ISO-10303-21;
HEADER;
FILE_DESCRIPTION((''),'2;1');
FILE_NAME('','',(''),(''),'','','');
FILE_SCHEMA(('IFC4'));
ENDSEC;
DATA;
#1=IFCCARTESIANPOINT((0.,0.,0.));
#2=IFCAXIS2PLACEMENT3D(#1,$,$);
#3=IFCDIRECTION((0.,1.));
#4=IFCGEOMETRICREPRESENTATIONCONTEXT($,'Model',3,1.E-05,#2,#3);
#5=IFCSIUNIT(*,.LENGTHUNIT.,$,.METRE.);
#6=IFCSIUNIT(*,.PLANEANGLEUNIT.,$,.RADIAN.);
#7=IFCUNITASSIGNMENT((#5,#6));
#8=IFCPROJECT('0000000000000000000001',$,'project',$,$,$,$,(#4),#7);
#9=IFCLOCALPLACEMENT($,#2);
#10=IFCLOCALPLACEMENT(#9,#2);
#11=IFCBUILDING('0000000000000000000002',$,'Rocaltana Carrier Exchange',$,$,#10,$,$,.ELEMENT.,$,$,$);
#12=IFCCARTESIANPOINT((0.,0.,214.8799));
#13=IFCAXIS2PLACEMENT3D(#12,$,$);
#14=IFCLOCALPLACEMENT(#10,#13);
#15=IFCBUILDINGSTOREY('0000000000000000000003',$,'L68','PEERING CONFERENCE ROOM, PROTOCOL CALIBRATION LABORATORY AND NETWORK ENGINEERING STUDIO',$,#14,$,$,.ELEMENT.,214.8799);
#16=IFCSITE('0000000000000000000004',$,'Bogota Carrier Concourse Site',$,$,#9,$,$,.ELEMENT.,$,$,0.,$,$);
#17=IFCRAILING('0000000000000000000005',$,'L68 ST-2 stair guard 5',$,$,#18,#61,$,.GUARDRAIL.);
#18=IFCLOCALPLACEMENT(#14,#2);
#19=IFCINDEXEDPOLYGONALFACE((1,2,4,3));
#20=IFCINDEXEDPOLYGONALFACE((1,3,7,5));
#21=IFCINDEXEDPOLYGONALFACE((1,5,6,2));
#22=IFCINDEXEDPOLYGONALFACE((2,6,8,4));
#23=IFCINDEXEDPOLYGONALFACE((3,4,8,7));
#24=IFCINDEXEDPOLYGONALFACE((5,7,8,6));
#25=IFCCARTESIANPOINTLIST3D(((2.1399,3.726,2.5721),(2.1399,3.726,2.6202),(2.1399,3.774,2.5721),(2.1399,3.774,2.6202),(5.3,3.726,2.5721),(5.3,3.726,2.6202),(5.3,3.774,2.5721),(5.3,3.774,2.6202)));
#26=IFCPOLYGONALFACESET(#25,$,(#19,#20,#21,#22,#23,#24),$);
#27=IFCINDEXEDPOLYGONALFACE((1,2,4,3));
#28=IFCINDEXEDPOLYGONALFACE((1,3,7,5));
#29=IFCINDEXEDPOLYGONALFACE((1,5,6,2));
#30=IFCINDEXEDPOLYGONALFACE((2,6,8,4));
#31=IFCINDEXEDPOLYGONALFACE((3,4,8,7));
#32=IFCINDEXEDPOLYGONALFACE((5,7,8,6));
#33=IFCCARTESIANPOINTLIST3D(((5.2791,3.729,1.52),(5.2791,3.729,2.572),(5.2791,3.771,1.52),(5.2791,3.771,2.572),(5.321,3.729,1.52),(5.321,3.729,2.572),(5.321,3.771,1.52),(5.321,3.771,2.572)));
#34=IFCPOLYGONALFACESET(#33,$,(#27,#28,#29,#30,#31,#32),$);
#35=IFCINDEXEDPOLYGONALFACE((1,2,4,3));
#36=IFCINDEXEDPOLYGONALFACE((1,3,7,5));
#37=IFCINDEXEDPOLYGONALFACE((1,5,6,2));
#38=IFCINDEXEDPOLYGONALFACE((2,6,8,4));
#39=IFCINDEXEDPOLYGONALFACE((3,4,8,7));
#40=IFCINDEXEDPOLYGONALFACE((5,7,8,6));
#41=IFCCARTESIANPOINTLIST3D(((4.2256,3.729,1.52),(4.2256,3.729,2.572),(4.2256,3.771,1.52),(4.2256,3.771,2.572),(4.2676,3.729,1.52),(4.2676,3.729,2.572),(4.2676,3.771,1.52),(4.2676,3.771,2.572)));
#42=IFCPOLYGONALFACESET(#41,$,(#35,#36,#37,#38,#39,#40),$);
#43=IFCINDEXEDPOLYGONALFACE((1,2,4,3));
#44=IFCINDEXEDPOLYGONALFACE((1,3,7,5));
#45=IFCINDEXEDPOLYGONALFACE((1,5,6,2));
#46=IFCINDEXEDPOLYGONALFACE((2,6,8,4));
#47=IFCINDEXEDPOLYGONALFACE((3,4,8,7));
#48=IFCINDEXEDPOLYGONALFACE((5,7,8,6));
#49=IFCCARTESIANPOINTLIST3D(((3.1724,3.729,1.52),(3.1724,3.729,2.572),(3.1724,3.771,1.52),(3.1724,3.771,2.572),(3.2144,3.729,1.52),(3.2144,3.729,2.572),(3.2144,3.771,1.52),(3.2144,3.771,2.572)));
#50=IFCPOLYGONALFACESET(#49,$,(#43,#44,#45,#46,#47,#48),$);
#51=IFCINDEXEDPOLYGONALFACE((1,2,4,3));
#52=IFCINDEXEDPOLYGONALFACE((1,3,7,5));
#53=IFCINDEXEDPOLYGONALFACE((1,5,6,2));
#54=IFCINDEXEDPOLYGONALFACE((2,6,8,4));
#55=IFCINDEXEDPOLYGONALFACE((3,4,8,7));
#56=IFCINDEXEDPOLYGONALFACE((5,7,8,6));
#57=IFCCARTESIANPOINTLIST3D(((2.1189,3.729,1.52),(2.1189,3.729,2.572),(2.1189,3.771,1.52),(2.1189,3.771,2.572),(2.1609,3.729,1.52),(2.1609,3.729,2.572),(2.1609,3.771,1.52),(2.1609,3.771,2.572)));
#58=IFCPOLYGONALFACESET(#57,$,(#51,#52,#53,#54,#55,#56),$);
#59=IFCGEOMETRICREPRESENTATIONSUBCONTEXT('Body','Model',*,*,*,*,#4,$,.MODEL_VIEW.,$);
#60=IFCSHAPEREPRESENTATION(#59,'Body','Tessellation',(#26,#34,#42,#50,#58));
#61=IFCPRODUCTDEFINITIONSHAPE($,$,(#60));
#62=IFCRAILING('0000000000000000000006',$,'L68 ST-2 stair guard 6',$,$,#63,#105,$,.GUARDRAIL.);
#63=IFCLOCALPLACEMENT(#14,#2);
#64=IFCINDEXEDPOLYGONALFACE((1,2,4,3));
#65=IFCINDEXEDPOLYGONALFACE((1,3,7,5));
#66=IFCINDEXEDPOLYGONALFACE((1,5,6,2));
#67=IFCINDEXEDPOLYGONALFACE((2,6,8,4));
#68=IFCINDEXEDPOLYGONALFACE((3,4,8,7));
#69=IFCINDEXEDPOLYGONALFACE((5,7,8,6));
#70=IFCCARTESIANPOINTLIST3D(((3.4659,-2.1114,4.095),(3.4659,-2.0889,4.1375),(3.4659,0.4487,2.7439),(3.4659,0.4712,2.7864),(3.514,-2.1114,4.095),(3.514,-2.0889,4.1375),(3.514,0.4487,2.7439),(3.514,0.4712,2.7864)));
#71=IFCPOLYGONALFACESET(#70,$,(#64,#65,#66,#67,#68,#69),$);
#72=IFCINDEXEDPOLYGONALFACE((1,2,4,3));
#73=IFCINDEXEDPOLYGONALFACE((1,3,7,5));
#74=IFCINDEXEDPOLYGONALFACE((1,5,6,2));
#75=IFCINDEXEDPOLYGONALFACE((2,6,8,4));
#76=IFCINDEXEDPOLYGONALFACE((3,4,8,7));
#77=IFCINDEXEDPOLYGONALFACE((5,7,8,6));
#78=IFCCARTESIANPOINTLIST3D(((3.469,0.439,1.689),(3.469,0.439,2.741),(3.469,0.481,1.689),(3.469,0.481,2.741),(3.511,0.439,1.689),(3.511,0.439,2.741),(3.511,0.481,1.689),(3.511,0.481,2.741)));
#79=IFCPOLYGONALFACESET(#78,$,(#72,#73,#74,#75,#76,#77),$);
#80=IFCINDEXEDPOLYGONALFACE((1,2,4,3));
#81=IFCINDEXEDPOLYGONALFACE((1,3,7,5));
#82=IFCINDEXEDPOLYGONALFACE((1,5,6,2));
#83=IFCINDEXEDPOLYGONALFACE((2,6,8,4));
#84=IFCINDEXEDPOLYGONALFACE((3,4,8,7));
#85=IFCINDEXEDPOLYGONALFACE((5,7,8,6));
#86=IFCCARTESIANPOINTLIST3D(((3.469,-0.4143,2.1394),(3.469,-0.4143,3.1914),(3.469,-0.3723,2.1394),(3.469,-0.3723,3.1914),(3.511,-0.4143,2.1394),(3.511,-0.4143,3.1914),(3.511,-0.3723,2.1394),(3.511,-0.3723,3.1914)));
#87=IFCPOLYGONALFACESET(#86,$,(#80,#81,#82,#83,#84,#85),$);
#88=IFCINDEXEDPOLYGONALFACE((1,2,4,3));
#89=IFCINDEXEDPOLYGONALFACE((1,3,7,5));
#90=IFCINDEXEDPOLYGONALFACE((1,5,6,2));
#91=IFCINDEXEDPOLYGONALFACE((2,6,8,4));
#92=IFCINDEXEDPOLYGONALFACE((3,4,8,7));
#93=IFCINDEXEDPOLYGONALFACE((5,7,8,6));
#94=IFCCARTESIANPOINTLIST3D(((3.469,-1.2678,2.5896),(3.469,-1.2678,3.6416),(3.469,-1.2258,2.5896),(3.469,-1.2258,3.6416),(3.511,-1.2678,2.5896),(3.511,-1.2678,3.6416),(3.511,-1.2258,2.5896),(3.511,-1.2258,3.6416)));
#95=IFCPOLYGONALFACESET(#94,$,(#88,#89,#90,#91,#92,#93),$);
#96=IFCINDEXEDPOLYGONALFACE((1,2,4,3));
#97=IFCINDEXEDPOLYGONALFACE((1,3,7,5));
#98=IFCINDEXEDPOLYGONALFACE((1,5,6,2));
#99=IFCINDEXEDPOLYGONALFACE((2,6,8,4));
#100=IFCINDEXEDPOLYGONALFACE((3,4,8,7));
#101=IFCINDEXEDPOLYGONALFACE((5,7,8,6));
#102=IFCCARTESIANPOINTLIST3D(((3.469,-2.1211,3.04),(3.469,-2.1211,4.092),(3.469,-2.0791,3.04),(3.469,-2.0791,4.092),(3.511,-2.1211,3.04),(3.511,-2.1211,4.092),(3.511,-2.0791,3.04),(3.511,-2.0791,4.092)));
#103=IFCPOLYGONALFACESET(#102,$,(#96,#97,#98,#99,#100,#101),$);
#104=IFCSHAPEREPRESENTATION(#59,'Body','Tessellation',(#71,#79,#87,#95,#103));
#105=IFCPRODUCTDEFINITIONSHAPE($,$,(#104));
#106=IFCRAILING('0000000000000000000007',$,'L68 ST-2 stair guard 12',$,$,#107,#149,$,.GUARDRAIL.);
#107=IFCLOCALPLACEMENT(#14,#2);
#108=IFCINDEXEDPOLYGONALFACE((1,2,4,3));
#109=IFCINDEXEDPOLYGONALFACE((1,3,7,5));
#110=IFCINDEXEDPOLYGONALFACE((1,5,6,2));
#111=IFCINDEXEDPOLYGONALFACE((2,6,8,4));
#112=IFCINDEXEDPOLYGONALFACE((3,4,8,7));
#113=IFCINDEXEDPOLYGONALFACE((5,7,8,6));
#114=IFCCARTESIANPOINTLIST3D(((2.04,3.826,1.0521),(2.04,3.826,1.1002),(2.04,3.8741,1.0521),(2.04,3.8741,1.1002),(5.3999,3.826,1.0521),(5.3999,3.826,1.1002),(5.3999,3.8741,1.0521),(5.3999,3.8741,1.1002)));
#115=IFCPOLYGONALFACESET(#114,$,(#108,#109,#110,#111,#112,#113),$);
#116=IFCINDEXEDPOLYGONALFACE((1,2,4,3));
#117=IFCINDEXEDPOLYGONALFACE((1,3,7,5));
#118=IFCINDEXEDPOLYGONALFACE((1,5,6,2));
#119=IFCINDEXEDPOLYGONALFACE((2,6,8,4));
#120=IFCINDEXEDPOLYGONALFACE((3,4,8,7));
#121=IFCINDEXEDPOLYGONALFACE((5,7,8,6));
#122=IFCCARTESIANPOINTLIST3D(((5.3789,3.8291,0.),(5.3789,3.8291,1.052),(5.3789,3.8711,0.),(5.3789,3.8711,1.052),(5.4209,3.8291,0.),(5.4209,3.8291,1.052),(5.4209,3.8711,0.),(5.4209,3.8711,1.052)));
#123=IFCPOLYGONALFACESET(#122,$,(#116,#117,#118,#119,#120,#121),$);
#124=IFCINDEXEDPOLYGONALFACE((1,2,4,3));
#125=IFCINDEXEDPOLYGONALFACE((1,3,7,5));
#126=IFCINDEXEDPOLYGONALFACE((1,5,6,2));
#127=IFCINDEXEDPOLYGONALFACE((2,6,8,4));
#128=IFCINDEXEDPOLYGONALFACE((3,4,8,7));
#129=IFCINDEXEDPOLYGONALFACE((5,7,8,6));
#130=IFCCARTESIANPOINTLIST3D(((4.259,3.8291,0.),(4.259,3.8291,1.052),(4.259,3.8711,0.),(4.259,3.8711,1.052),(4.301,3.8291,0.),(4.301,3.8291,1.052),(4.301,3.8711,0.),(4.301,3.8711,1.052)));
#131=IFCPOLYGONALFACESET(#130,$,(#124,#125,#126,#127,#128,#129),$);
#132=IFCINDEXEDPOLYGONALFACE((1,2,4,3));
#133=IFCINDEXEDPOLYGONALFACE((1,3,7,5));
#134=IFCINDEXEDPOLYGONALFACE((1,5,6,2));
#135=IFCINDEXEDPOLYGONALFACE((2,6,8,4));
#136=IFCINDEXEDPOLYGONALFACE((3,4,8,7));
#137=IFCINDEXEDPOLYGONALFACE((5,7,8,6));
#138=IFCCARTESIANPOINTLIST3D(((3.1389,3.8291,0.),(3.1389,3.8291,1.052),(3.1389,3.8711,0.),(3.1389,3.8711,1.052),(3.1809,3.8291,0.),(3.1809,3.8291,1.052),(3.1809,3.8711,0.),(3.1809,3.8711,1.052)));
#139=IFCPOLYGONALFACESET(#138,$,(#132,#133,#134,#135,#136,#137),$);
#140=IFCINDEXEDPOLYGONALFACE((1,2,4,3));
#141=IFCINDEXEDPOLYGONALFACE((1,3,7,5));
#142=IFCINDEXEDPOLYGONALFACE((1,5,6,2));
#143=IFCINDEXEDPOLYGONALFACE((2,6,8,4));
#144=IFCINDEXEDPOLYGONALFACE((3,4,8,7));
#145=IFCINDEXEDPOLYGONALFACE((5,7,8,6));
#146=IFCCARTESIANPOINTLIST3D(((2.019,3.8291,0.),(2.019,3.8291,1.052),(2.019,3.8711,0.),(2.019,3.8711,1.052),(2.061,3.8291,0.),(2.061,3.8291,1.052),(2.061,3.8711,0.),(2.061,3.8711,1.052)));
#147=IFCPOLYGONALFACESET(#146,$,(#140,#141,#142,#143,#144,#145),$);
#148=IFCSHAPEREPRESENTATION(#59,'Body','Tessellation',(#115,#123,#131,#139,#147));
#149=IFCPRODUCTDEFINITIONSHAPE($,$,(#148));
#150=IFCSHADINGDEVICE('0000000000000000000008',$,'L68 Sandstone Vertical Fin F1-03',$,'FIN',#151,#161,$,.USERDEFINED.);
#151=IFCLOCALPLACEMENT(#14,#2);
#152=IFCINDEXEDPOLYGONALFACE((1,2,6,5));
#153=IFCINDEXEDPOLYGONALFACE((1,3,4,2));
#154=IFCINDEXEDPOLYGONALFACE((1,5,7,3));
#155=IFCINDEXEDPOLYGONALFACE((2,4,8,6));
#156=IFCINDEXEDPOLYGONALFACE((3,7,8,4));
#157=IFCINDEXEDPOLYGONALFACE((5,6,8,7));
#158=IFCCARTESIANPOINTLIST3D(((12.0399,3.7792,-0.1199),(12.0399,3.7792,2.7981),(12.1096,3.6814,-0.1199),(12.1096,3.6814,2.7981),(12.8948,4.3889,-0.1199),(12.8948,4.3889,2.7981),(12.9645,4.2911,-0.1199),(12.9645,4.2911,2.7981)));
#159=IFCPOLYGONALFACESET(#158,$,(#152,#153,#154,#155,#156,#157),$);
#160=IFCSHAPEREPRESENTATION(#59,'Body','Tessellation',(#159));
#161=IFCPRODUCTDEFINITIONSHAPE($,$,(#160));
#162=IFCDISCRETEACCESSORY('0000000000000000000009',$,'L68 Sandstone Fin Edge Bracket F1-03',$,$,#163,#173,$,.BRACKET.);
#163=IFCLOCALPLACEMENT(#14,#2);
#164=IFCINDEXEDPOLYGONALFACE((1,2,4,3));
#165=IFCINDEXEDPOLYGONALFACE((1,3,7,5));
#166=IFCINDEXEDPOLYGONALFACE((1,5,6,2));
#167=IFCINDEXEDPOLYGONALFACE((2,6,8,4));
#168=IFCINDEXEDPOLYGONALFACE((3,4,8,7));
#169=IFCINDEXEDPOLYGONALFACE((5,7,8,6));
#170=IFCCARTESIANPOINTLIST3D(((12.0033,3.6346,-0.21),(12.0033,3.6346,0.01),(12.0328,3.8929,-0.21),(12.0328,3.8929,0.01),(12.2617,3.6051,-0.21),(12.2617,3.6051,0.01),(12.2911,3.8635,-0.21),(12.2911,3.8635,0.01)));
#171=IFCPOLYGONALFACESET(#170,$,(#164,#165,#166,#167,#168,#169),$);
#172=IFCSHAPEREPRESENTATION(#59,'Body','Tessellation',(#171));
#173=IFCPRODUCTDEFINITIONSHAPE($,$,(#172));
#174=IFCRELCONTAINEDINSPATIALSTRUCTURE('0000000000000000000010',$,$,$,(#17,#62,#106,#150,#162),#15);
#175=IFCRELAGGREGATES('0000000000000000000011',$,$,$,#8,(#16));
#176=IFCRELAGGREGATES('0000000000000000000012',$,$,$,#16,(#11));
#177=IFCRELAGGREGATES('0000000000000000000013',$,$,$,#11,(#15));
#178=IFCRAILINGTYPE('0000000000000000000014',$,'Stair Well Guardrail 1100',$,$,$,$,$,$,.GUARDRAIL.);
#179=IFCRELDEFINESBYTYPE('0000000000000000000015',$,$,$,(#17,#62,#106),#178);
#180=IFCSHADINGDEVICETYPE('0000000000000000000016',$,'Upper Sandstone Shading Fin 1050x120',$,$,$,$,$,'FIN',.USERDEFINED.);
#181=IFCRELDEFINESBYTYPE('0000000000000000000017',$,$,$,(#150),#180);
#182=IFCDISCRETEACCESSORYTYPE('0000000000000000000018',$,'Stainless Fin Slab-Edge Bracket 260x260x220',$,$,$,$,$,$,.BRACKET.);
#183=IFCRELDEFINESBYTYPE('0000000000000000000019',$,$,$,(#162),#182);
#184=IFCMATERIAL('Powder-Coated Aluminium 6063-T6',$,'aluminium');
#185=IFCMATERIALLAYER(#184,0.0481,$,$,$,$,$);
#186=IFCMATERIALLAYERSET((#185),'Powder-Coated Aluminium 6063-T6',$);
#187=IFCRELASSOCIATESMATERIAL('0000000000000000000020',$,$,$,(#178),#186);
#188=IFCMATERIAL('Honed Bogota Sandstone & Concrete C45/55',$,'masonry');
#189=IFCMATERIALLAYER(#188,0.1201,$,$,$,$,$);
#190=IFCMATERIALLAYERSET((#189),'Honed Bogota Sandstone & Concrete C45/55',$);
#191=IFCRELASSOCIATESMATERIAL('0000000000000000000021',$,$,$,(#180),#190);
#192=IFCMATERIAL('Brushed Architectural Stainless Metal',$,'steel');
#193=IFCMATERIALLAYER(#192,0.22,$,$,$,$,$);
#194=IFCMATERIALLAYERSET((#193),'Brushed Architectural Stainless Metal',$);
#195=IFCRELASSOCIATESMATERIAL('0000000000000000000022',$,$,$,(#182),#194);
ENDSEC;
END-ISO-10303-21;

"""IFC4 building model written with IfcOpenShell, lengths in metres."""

from ifc_helpers import new_model, si_unit, direction, frame, origin, origin_2d, place, context, subcontext, project, spatial, rectangle, extrude, material, layer, layer_set, type_object, element, save


model = new_model("IFC4")

# Units and contexts
model_context = context("Model", 3, precision=1e-05, world=origin(), true_north=direction((0.0, 1.0)))
body_context = subcontext(model_context, "Body", "Model", "MODEL_VIEW")
ifc_project = project(units=[si_unit("LENGTHUNIT", "METRE"), si_unit("PLANEANGLEUNIT", "RADIAN")], contexts=[model_context])

# Site, building, storey
site_placement = place(None, origin())
site = spatial("IfcSite", under=ifc_project, at=site_placement, Name="Bogota Carrier Concourse Site", CompositionType="ELEMENT", RefElevation=0.0)
building_placement = place(site_placement, origin())
building = spatial("IfcBuilding", under=site, at=building_placement, Name="Rocaltana Carrier Exchange", CompositionType="ELEMENT")
storey_placement = place(building_placement, frame((0.0, 0.0, 214.8799)))
storey = spatial("IfcBuildingStorey", under=building, at=storey_placement, Name="L68", Description="PEERING CONFERENCE ROOM, PROTOCOL CALIBRATION LABORATORY AND NETWORK ENGINEERING STUDIO", CompositionType="ELEMENT", Elevation=214.8799)

# Railings
ifc_material_1 = material(Name="Powder-Coated Aluminium 6063-T6", Category="aluminium")
ifc_layer_1 = layer(ifc_material_1, 0.0481)
ifc_layer_set_1 = layer_set([ifc_layer_1], Name="Powder-Coated Aluminium 6063-T6")
railing_type_1 = type_object("IfcRailingType", Name="Stair Well Guardrail 1100", PredefinedType="GUARDRAIL", material=ifc_layer_set_1)
railing_1_placement = place(storey_placement, frame((5.3, 3.75, 1.52)))
element("IfcRailing", 1, at=railing_1_placement, inside=storey, type_object=railing_type_1, Name="L68 ST-2 stair guard 5", PredefinedType="GUARDRAIL", context=body_context, shape_type="SweptSolid", body=[
    extrude(rectangle(XDim=0.0481, YDim=0.0481, at=origin_2d()), frame((0.0, 0.0, 1.0762), z_axis=(-1.0, 0.0, 0.0), x_axis=(0.0, -1.0, 0.0)), (0.0, 0.0, 1.0), 3.1602),
    extrude(rectangle(XDim=0.042, YDim=0.042, at=origin_2d()), origin(), (0.0, 0.0, 1.0), 1.052),
    extrude(rectangle(XDim=0.042, YDim=0.042, at=origin_2d()), frame((-1.0535, 0.0, 0.0)), (0.0, 0.0, 1.0), 1.052),
    extrude(rectangle(XDim=0.042, YDim=0.042, at=origin_2d()), frame((-2.1067, 0.0, 0.0)), (0.0, 0.0, 1.0), 1.052),
    extrude(rectangle(XDim=0.042, YDim=0.042, at=origin_2d()), frame((-3.1602, 0.0, 0.0)), (0.0, 0.0, 1.0), 1.052),
])
railing_2_placement = place(storey_placement, frame((3.49, 0.46, 1.689)))
element("IfcRailing", 2, at=railing_2_placement, inside=storey, type_object=railing_type_1, Name="L68 ST-2 stair guard 6", PredefinedType="GUARDRAIL", context=body_context, shape_type="SweptSolid", body=[
    extrude(rectangle(XDim=0.0481, YDim=0.0481, at=origin_2d()), frame((0.0, 0.0, 1.0762), z_axis=(0.0, -0.884394, 0.46674), x_axis=(1.0, 0.0, 0.0)), (0.0, 0.0, 1.0), 2.8948),
    extrude(rectangle(XDim=0.042, YDim=0.042, at=origin_2d()), origin(), (0.0, 0.0, 1.0), 1.052),
    extrude(rectangle(XDim=0.042, YDim=0.042, at=origin_2d()), frame((0.0, -0.8533, 0.4504)), (0.0, 0.0, 1.0), 1.052),
    extrude(rectangle(XDim=0.042, YDim=0.042, at=origin_2d()), frame((0.0, -1.7068, 0.9006)), (0.0, 0.0, 1.0), 1.052),
    extrude(rectangle(XDim=0.042, YDim=0.042, at=origin_2d()), frame((0.0, -2.5601, 1.3511)), (0.0, 0.0, 1.0), 1.052),
])
railing_3_placement = place(storey_placement, frame((5.3999, 3.8501, 0.0)))
element("IfcRailing", 3, at=railing_3_placement, inside=storey, type_object=railing_type_1, Name="L68 ST-2 stair guard 12", PredefinedType="GUARDRAIL", context=body_context, shape_type="SweptSolid", body=[
    extrude(rectangle(XDim=0.0481, YDim=0.0481, at=origin_2d()), frame((0.0, 0.0, 1.0762), z_axis=(-1.0, 0.0, 0.0), x_axis=(0.0, -1.0, 0.0)), (0.0, 0.0, 1.0), 3.3599),
    extrude(rectangle(XDim=0.042, YDim=0.042, at=origin_2d()), origin(), (0.0, 0.0, 1.0), 1.052),
    extrude(rectangle(XDim=0.042, YDim=0.042, at=origin_2d()), frame((-1.1199, 0.0, 0.0)), (0.0, 0.0, 1.0), 1.052),
    extrude(rectangle(XDim=0.042, YDim=0.042, at=origin_2d()), frame((-2.24, 0.0, 0.0)), (0.0, 0.0, 1.0), 1.052),
    extrude(rectangle(XDim=0.042, YDim=0.042, at=origin_2d()), frame((-3.3599, 0.0, 0.0)), (0.0, 0.0, 1.0), 1.052),
])

# Shading device
ifc_material_2 = material(Name="Honed Bogota Sandstone & Concrete C45/55", Category="masonry")
ifc_layer_2 = layer(ifc_material_2, 0.1201)
ifc_layer_set_2 = layer_set([ifc_layer_2], Name="Honed Bogota Sandstone & Concrete C45/55")
shading_device_type = type_object("IfcShadingDeviceType", Name="Upper Sandstone Shading Fin 1050x120", ElementType="FIN", PredefinedType="USERDEFINED", material=ifc_layer_set_2)
shading_device_placement = place(storey_placement, frame((12.5022, 4.0352, -0.1199), z_axis=(0.0, 0.0, 1.0), x_axis=(0.814116, 0.580703, 0.0)))
element("IfcShadingDevice", 4, at=shading_device_placement, inside=storey, type_object=shading_device_type, Name="L68 Sandstone Vertical Fin F1-03", ObjectType="FIN", PredefinedType="USERDEFINED", context=body_context, shape_type="SweptSolid", body=[
    extrude(rectangle(XDim=1.05, YDim=0.1201, at=origin_2d()), origin(), (0.0, 0.0, 1.0), 2.918),
])

# Discrete accessory
ifc_material_3 = material(Name="Brushed Architectural Stainless Metal", Category="steel")
ifc_layer_3 = layer(ifc_material_3, 0.22)
ifc_layer_set_3 = layer_set([ifc_layer_3], Name="Brushed Architectural Stainless Metal")
discrete_accessory_type = type_object("IfcDiscreteAccessoryType", Name="Stainless Fin Slab-Edge Bracket 260x260x220", PredefinedType="BRACKET", material=ifc_layer_set_3)
discrete_accessory_placement = place(storey_placement, frame((12.1472, 3.749, -0.21), z_axis=(0.0, 0.0, 1.0), x_axis=(0.113203, 0.993572, 0.0)))
element("IfcDiscreteAccessory", 5, at=discrete_accessory_placement, inside=storey, type_object=discrete_accessory_type, Name="L68 Sandstone Fin Edge Bracket F1-03", PredefinedType="BRACKET", context=body_context, shape_type="SweptSolid", body=[
    extrude(rectangle(XDim=0.26, YDim=0.26, at=origin_2d()), origin(), (0.0, 0.0, 1.0), 0.22),
])

save(model, "model.ifc")
